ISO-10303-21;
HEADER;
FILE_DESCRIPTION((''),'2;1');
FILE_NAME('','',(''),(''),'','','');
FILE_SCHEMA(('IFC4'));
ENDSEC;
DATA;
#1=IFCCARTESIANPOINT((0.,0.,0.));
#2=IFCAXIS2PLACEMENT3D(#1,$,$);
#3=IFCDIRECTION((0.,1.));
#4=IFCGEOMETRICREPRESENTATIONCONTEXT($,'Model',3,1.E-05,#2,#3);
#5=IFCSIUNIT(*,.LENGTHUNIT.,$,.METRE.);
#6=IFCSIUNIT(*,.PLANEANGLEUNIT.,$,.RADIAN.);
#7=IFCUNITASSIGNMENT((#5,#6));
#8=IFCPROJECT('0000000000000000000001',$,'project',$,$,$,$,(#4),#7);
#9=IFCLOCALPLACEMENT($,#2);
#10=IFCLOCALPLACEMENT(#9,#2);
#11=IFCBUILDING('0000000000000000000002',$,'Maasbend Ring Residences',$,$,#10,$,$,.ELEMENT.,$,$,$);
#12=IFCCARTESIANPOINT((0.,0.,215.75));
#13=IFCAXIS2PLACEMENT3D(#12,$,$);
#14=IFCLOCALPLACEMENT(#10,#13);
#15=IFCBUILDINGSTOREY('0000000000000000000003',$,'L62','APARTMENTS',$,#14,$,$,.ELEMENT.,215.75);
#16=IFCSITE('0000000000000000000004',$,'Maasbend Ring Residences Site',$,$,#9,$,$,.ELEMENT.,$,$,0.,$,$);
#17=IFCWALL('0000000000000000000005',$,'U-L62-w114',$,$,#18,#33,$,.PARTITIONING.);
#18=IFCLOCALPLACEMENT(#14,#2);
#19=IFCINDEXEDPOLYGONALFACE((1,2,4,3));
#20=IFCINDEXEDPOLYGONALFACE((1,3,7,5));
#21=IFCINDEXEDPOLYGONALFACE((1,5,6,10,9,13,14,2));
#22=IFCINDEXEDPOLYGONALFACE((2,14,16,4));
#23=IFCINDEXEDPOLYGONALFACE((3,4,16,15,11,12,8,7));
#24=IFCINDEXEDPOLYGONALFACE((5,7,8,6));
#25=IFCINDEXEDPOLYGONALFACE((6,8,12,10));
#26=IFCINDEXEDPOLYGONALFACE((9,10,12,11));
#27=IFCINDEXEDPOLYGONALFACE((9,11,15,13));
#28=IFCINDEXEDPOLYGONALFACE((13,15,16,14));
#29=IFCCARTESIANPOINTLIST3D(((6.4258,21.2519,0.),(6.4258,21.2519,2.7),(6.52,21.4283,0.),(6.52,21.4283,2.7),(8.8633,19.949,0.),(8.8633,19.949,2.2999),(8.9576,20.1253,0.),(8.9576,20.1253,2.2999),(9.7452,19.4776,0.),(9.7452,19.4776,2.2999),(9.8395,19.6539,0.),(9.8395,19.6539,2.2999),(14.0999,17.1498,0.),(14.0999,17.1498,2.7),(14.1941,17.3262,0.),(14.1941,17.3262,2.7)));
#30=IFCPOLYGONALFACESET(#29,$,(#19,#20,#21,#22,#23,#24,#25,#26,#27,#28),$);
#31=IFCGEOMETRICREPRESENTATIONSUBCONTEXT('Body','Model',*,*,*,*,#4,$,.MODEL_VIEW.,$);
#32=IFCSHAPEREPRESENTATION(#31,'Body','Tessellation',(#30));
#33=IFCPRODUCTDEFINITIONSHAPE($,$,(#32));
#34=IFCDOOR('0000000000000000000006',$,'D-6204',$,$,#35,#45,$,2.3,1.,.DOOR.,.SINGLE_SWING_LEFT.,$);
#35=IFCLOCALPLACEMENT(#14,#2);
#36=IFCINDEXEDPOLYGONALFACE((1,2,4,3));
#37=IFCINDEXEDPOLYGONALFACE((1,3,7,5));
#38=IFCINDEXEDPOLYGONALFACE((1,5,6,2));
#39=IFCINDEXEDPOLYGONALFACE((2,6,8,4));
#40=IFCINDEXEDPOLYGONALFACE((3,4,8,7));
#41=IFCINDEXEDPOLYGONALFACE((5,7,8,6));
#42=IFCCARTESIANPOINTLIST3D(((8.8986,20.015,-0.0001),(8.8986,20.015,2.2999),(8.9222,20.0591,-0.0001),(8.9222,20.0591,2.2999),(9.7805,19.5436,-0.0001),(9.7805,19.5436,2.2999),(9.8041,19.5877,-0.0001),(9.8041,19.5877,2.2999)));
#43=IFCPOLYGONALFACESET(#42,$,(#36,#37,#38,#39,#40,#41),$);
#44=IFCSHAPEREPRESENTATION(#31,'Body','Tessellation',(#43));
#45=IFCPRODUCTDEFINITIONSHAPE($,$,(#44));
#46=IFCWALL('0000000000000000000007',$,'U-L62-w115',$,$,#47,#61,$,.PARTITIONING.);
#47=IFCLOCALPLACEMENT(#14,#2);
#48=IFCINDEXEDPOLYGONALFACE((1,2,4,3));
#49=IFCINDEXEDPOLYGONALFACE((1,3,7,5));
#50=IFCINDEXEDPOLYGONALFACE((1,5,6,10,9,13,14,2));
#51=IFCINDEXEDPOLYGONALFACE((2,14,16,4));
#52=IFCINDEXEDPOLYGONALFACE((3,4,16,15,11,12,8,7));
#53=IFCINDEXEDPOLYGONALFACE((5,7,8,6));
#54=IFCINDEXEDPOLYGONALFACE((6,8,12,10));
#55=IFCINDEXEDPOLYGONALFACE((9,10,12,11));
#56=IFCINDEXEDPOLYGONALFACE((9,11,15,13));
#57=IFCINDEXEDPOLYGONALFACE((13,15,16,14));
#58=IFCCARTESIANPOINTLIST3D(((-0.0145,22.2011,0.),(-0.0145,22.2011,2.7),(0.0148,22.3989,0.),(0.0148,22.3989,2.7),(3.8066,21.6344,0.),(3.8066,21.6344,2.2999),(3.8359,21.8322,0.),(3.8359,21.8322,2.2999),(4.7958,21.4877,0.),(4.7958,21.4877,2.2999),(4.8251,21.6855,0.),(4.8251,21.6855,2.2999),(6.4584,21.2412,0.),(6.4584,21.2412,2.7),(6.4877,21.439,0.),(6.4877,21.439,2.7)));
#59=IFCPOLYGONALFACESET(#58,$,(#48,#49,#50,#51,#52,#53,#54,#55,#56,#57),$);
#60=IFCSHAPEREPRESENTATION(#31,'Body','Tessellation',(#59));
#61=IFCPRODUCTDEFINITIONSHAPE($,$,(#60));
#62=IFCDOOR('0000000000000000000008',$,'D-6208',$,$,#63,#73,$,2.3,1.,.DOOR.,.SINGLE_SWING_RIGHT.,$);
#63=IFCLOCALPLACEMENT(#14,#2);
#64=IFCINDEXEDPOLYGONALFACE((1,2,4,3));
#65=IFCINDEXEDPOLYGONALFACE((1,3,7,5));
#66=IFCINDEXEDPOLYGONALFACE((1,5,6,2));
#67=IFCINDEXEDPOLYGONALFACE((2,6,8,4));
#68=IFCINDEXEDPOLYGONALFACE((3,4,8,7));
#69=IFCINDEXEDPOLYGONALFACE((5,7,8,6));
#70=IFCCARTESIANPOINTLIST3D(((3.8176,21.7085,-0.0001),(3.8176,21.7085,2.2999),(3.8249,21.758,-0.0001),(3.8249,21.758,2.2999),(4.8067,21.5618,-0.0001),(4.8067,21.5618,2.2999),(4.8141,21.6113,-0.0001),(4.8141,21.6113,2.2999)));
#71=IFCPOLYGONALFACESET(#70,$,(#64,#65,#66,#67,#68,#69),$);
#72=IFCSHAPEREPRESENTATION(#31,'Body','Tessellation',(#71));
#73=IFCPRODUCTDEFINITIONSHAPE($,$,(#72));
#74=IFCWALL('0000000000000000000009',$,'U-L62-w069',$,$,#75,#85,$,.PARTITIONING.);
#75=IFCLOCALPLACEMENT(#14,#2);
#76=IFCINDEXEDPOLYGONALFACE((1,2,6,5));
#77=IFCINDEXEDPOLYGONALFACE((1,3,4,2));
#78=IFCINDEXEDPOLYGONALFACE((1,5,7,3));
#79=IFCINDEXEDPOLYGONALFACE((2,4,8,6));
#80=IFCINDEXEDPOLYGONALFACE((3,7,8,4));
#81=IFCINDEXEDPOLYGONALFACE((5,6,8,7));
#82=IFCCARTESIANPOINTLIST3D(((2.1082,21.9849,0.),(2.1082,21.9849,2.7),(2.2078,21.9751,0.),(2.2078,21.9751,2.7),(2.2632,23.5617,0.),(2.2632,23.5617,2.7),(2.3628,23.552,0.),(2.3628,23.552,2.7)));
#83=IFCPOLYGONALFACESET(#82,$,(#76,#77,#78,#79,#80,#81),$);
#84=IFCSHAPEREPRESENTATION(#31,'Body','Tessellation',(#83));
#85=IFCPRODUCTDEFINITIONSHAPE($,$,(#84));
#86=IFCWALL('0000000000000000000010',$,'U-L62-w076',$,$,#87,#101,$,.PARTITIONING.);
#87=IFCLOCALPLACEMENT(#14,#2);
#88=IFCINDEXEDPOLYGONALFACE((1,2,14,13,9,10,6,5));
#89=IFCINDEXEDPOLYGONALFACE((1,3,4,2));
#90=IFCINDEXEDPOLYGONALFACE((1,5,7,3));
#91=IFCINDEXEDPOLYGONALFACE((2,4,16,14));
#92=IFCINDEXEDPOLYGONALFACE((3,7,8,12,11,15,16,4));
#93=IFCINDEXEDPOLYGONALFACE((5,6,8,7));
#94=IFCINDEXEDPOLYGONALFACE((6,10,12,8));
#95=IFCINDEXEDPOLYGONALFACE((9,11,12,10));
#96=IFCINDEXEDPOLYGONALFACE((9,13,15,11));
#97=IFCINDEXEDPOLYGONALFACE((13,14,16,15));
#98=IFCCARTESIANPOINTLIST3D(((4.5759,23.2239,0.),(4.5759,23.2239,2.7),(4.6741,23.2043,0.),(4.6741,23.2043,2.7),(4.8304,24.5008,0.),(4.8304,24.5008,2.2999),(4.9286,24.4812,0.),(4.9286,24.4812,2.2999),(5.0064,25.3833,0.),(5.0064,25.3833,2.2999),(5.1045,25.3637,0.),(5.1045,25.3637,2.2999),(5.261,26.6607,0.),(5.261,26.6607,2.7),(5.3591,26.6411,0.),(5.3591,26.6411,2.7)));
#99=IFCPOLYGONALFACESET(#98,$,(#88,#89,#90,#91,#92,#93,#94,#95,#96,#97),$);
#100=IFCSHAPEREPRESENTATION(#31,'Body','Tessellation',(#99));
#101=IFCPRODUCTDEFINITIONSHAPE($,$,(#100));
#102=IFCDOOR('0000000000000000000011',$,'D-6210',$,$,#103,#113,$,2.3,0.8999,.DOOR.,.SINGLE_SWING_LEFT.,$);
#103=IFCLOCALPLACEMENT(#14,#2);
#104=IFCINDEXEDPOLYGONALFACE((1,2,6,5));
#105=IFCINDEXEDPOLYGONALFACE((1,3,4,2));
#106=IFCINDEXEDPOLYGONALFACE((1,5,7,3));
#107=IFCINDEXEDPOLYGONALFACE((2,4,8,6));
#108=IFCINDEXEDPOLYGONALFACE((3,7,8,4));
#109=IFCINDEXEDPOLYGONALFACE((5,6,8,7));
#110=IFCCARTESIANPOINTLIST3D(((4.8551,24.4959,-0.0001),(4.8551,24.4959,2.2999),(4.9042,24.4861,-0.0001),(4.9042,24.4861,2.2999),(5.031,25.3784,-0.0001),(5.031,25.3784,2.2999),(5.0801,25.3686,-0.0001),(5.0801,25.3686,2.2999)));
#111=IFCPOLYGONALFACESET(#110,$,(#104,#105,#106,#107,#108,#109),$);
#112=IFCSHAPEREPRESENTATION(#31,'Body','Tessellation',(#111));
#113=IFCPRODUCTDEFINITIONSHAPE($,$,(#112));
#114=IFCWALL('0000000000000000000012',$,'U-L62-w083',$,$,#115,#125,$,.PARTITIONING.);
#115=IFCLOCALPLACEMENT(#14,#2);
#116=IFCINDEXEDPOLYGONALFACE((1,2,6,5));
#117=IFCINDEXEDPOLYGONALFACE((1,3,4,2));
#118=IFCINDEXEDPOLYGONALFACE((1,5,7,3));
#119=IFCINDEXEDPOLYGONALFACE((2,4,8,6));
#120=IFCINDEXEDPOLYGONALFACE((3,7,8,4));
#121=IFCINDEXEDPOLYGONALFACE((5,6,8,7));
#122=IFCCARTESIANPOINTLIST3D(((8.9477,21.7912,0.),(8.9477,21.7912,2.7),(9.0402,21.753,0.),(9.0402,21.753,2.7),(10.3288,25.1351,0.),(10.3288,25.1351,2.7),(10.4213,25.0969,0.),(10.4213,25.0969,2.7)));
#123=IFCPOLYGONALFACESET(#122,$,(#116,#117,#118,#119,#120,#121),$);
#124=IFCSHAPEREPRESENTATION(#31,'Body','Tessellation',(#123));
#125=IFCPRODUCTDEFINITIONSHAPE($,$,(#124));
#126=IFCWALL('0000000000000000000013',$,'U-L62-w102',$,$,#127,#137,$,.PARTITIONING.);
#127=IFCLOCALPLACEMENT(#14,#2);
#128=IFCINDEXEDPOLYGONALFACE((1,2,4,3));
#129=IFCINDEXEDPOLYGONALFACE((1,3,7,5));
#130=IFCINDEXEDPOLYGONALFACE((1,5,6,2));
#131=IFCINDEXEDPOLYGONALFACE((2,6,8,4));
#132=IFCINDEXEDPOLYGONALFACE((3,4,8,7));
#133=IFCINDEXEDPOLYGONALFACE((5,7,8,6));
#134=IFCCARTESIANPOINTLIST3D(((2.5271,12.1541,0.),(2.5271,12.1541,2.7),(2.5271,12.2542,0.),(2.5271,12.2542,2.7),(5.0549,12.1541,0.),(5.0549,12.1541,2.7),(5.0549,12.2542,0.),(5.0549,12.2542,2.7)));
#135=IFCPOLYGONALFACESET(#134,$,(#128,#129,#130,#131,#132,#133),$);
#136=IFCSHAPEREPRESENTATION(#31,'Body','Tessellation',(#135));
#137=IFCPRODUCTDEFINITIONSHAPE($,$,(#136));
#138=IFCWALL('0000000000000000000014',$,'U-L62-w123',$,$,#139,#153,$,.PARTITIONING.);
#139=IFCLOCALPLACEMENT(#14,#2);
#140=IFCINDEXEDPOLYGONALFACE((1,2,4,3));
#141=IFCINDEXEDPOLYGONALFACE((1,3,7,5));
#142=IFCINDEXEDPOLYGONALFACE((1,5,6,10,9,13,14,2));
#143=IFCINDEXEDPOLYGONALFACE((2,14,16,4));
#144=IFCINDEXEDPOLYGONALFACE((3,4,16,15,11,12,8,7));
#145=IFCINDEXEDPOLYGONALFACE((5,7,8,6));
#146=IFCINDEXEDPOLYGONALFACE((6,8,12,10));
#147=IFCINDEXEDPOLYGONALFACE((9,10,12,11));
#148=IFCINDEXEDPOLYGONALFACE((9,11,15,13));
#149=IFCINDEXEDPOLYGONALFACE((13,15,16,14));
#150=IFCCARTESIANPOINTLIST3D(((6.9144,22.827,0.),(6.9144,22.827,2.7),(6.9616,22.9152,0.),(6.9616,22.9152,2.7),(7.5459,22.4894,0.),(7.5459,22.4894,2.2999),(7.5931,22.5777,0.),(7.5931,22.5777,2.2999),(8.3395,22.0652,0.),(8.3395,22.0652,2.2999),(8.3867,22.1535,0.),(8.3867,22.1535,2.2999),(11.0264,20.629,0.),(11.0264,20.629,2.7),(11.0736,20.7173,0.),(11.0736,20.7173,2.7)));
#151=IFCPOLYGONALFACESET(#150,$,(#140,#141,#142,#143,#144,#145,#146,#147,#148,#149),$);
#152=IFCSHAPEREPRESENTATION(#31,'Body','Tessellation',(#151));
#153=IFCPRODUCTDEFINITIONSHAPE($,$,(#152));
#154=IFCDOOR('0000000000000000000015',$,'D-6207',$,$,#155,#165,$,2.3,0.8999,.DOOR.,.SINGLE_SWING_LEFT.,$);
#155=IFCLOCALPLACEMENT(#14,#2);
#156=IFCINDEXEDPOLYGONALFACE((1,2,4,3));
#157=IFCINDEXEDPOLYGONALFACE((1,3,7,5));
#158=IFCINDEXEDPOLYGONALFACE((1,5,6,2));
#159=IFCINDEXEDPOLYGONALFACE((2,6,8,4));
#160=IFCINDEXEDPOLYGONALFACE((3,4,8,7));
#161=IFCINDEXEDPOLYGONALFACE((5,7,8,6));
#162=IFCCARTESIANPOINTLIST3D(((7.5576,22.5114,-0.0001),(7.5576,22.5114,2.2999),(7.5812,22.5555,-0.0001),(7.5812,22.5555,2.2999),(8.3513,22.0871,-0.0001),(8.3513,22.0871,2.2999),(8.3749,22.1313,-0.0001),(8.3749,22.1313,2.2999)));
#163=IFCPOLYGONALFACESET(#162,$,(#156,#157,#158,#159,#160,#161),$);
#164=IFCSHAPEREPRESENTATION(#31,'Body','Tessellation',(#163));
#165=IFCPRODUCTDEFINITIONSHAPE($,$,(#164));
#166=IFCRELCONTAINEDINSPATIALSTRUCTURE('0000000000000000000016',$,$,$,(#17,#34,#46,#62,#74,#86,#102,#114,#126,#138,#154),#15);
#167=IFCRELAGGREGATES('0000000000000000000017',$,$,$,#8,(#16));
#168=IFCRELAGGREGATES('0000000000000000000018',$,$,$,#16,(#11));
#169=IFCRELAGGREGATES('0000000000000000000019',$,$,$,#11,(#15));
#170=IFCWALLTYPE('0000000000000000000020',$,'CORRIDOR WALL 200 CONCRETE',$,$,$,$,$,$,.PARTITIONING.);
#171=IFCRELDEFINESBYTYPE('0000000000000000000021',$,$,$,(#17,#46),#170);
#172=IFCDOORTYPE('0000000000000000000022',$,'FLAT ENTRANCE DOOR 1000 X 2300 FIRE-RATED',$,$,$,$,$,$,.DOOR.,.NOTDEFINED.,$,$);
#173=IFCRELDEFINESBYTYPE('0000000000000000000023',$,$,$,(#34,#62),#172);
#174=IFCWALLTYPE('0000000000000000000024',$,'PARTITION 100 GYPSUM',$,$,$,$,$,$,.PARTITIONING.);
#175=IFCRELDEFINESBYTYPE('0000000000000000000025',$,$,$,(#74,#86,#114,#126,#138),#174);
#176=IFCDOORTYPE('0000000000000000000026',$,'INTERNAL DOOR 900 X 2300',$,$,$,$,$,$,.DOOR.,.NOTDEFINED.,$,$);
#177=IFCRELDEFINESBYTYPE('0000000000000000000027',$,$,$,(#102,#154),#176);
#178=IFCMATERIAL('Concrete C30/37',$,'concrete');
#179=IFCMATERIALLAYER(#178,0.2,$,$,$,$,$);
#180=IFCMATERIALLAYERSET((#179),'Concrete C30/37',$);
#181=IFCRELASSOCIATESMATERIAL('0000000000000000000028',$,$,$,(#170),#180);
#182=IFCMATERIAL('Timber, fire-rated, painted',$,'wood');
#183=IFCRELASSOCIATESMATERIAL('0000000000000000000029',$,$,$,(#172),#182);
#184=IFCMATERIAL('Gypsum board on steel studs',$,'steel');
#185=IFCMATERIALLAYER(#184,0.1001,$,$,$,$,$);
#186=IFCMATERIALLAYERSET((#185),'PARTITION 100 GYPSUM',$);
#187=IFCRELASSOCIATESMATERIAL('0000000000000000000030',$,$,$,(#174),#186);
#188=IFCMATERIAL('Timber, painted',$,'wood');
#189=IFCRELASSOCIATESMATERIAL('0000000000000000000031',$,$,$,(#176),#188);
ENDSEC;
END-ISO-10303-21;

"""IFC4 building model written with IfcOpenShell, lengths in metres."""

from ifc_helpers import new_model, si_unit, direction, frame, frame_2d, origin, place, context, subcontext, project, spatial, rectangle, extrude, material, layer, layer_set, type_object, element, fill, save


model = new_model("IFC4")

# Units and contexts
model_context = context("Model", 3, precision=1e-05, world=origin(), true_north=direction((0.0, 1.0)))
body_context = subcontext(model_context, "Body", "Model", "MODEL_VIEW")
ifc_project = project(units=[si_unit("LENGTHUNIT", "METRE"), si_unit("PLANEANGLEUNIT", "RADIAN")], contexts=[model_context])

# Site, building, storey
site_placement = place(None, origin())
site = spatial("IfcSite", under=ifc_project, at=site_placement, Name="Maasbend Ring Residences Site", CompositionType="ELEMENT", RefElevation=0.0)
building_placement = place(site_placement, origin())
building = spatial("IfcBuilding", under=site, at=building_placement, Name="Maasbend Ring Residences", CompositionType="ELEMENT")
storey_placement = place(building_placement, frame((0.0, 0.0, 215.75)))
storey = spatial("IfcBuildingStorey", under=building, at=storey_placement, Name="L62", Description="APARTMENTS", CompositionType="ELEMENT", Elevation=215.75)

# Walls, openings, doors
ifc_material_1 = material(Name="Concrete C30/37", Category="concrete")
ifc_layer_1 = layer(ifc_material_1, 0.2)
ifc_layer_set_1 = layer_set([ifc_layer_1], Name="Concrete C30/37")
wall_type_1 = type_object("IfcWallType", Name="CORRIDOR WALL 200 CONCRETE", PredefinedType="PARTITIONING", material=ifc_layer_set_1)
ifc_material_2 = material(Name="Timber, fire-rated, painted", Category="wood")
door_type_1 = type_object("IfcDoorType", Name="FLAT ENTRANCE DOOR 1000 X 2300 FIRE-RATED", OperationType="NOTDEFINED", PredefinedType="DOOR", material=ifc_material_2)
wall_1_placement = place(storey_placement, frame((6.4729, 21.3401, 0.0), z_axis=(0.0, 0.0, 1.0), x_axis=(0.881913, -0.471412, 0.0)))
wall_1 = element("IfcWall", 1, at=wall_1_placement, inside=storey, type_object=wall_type_1, Name="U-L62-w114", PredefinedType="PARTITIONING", context=body_context, shape_type="SweptSolid", body=[
    extrude(rectangle(XDim=8.7017, YDim=0.2, at=frame_2d((4.3508, 0.0))), origin(), (0.0, 0.0, 1.0), 2.7),
])
opening_1_placement = place(wall_1_placement, frame((2.7639, 0.0, 0.0)))
opening_1 = element("IfcOpeningElement", 2, at=opening_1_placement, cuts=wall_1, PredefinedType="OPENING", context=body_context, shape_type="SweptSolid", body=[
    extrude(rectangle(XDim=1.0, YDim=2.3, at=frame_2d((0.5, 1.1499))), frame((0.0, 0.1099, 0.0), z_axis=(0.0, -1.0, 0.0), x_axis=(1.0, 0.0, 0.0)), (0.0, 0.0, 1.0), 0.22),
])
door_1_placement = place(opening_1_placement, origin())
door_1 = element("IfcDoor", 3, at=door_1_placement, inside=storey, type_object=door_type_1, Name="D-6204", OperationType="SINGLE_SWING_LEFT", OverallHeight=2.3, OverallWidth=1.0, PredefinedType="DOOR", context=body_context, shape_type="SweptSolid", body=[
    extrude(rectangle(XDim=1.0, YDim=2.3, at=frame_2d((0.5, 1.1499))), frame((0.0, 0.0249, 0.0), z_axis=(0.0, -1.0, 0.0), x_axis=(1.0, 0.0, 0.0)), (0.0, 0.0, 1.0), 0.05),
])
fill(opening_1, door_1)
wall_2_placement = place(storey_placement, frame((0.0, 22.3, 0.0), z_axis=(0.0, 0.0, 1.0), x_axis=(0.989181, -0.1467, 0.0)))
wall_2 = element("IfcWall", 4, at=wall_2_placement, inside=storey, type_object=wall_type_1, Name="U-L62-w115", PredefinedType="PARTITIONING", context=body_context, shape_type="SweptSolid", body=[
    extrude(rectangle(XDim=6.5437, YDim=0.2, at=frame_2d((3.272, 0.0))), origin(), (0.0, 0.0, 1.0), 2.7),
])
opening_2_placement = place(wall_2_placement, frame((3.863, 0.0, 0.0)))
opening_2 = element("IfcOpeningElement", 5, at=opening_2_placement, cuts=wall_2, PredefinedType="OPENING", context=body_context, shape_type="SweptSolid", body=[
    extrude(rectangle(XDim=1.0, YDim=2.3, at=frame_2d((0.5, 1.1499))), frame((0.0, 0.1099, 0.0), z_axis=(0.0, -1.0, 0.0), x_axis=(1.0, 0.0, 0.0)), (0.0, 0.0, 1.0), 0.22),
])
door_2_placement = place(opening_2_placement, origin())
door_2 = element("IfcDoor", 6, at=door_2_placement, inside=storey, type_object=door_type_1, Name="D-6208", OperationType="SINGLE_SWING_RIGHT", OverallHeight=2.3, OverallWidth=1.0, PredefinedType="DOOR", context=body_context, shape_type="SweptSolid", body=[
    extrude(rectangle(XDim=1.0, YDim=2.3, at=frame_2d((0.5, 1.1499))), frame((0.0, 0.0249, 0.0), z_axis=(0.0, -1.0, 0.0), x_axis=(1.0, 0.0, 0.0)), (0.0, 0.0, 1.0), 0.05),
])
fill(opening_2, door_2)

# Wall
ifc_material_3 = material(Name="Gypsum board on steel studs", Category="steel")
ifc_layer_2 = layer(ifc_material_3, 0.1001)
ifc_layer_set_2 = layer_set([ifc_layer_2], Name="PARTITION 100 GYPSUM")
wall_type_2 = type_object("IfcWallType", Name="PARTITION 100 GYPSUM", PredefinedType="PARTITIONING", material=ifc_layer_set_2)
wall_3_placement = place(storey_placement, frame((2.158, 21.98, 0.0), z_axis=(0.0, 0.0, 1.0), x_axis=(0.097841, 0.995202, 0.0)))
element("IfcWall", 7, at=wall_3_placement, inside=storey, type_object=wall_type_2, Name="U-L62-w069", PredefinedType="PARTITIONING", context=body_context, shape_type="SweptSolid", body=[
    extrude(rectangle(XDim=1.5845, YDim=0.1001, at=frame_2d((0.7922, 0.0))), origin(), (0.0, 0.0, 1.0), 2.7),
])

# Wall, opening, door
wall_4_placement = place(storey_placement, frame((4.625, 23.2141, 0.0), z_axis=(0.0, 0.0, 1.0), x_axis=(0.195486, 0.980706, 0.0)))
wall_4 = element("IfcWall", 8, at=wall_4_placement, inside=storey, type_object=wall_type_2, Name="U-L62-w076", PredefinedType="PARTITIONING", context=body_context, shape_type="SweptSolid", body=[
    extrude(rectangle(XDim=3.5044, YDim=0.1001, at=frame_2d((1.7522, 0.0))), origin(), (0.0, 0.0, 1.0), 2.7),
])
opening_3_placement = place(wall_4_placement, frame((1.302, 0.0, 0.0)))
opening_3 = element("IfcOpeningElement", 9, at=opening_3_placement, cuts=wall_4, PredefinedType="OPENING", context=body_context, shape_type="SweptSolid", body=[
    extrude(rectangle(XDim=0.8999, YDim=2.3, at=frame_2d((0.45, 1.1499))), frame((0.0, 0.0601, 0.0), z_axis=(0.0, -1.0, 0.0), x_axis=(1.0, 0.0, 0.0)), (0.0, 0.0, 1.0), 0.1201),
])
ifc_material_4 = material(Name="Timber, painted", Category="wood")
door_type_2 = type_object("IfcDoorType", Name="INTERNAL DOOR 900 X 2300", OperationType="NOTDEFINED", PredefinedType="DOOR", material=ifc_material_4)
door_3_placement = place(opening_3_placement, origin())
door_3 = element("IfcDoor", 10, at=door_3_placement, inside=storey, type_object=door_type_2, Name="D-6210", OperationType="SINGLE_SWING_LEFT", OverallHeight=2.3, OverallWidth=0.8999, PredefinedType="DOOR", context=body_context, shape_type="SweptSolid", body=[
    extrude(rectangle(XDim=0.8999, YDim=2.3, at=frame_2d((0.45, 1.1499))), frame((0.0, 0.0249, 0.0), z_axis=(0.0, -1.0, 0.0), x_axis=(1.0, 0.0, 0.0)), (0.0, 0.0, 1.0), 0.05),
])
fill(opening_3, door_3)

# Walls
wall_5_placement = place(storey_placement, frame((8.9939, 21.772, 0.0), z_axis=(0.0, 0.0, 1.0), x_axis=(0.381734, 0.924272, 0.0)))
element("IfcWall", 11, at=wall_5_placement, inside=storey, type_object=wall_type_2, Name="U-L62-w083", PredefinedType="PARTITIONING", context=body_context, shape_type="SweptSolid", body=[
    extrude(rectangle(XDim=3.6179, YDim=0.1001, at=frame_2d((1.8091, 0.0))), origin(), (0.0, 0.0, 1.0), 2.7),
])
wall_6_placement = place(storey_placement, frame((2.5271, 12.2041, 0.0), z_axis=(0.0, 0.0, 1.0), x_axis=(1.0, 0.0, 0.0)))
element("IfcWall", 12, at=wall_6_placement, inside=storey, type_object=wall_type_2, Name="U-L62-w102", PredefinedType="PARTITIONING", context=body_context, shape_type="SweptSolid", body=[
    extrude(rectangle(XDim=2.5278, YDim=0.1001, at=frame_2d((1.2639, 0.0))), origin(), (0.0, 0.0, 1.0), 2.7),
])

# Wall, opening, door
wall_7_placement = place(storey_placement, frame((6.938, 22.8711, 0.0), z_axis=(0.0, 0.0, 1.0), x_axis=(0.881916, -0.471406, 0.0)))
wall_7 = element("IfcWall", 13, at=wall_7_placement, inside=storey, type_object=wall_type_2, Name="U-L62-w123", PredefinedType="PARTITIONING", context=body_context, shape_type="SweptSolid", body=[
    extrude(rectangle(XDim=4.6626, YDim=0.1001, at=frame_2d((2.3313, 0.0))), origin(), (0.0, 0.0, 1.0), 2.7),
])
opening_4_placement = place(wall_7_placement, frame((0.7161, 0.0, 0.0)))
opening_4 = element("IfcOpeningElement", 14, at=opening_4_placement, cuts=wall_7, PredefinedType="OPENING", context=body_context, shape_type="SweptSolid", body=[
    extrude(rectangle(XDim=0.8999, YDim=2.3, at=frame_2d((0.45, 1.1499))), frame((0.0, 0.0601, 0.0), z_axis=(0.0, -1.0, 0.0), x_axis=(1.0, 0.0, 0.0)), (0.0, 0.0, 1.0), 0.1201),
])
door_4_placement = place(opening_4_placement, origin())
door_4 = element("IfcDoor", 15, at=door_4_placement, inside=storey, type_object=door_type_2, Name="D-6207", OperationType="SINGLE_SWING_LEFT", OverallHeight=2.3, OverallWidth=0.8999, PredefinedType="DOOR", context=body_context, shape_type="SweptSolid", body=[
    extrude(rectangle(XDim=0.8999, YDim=2.3, at=frame_2d((0.45, 1.1499))), frame((0.0, 0.0249, 0.0), z_axis=(0.0, -1.0, 0.0), x_axis=(1.0, 0.0, 0.0)), (0.0, 0.0, 1.0), 0.05),
])
fill(opening_4, door_4)

save(model, "model.ifc")
